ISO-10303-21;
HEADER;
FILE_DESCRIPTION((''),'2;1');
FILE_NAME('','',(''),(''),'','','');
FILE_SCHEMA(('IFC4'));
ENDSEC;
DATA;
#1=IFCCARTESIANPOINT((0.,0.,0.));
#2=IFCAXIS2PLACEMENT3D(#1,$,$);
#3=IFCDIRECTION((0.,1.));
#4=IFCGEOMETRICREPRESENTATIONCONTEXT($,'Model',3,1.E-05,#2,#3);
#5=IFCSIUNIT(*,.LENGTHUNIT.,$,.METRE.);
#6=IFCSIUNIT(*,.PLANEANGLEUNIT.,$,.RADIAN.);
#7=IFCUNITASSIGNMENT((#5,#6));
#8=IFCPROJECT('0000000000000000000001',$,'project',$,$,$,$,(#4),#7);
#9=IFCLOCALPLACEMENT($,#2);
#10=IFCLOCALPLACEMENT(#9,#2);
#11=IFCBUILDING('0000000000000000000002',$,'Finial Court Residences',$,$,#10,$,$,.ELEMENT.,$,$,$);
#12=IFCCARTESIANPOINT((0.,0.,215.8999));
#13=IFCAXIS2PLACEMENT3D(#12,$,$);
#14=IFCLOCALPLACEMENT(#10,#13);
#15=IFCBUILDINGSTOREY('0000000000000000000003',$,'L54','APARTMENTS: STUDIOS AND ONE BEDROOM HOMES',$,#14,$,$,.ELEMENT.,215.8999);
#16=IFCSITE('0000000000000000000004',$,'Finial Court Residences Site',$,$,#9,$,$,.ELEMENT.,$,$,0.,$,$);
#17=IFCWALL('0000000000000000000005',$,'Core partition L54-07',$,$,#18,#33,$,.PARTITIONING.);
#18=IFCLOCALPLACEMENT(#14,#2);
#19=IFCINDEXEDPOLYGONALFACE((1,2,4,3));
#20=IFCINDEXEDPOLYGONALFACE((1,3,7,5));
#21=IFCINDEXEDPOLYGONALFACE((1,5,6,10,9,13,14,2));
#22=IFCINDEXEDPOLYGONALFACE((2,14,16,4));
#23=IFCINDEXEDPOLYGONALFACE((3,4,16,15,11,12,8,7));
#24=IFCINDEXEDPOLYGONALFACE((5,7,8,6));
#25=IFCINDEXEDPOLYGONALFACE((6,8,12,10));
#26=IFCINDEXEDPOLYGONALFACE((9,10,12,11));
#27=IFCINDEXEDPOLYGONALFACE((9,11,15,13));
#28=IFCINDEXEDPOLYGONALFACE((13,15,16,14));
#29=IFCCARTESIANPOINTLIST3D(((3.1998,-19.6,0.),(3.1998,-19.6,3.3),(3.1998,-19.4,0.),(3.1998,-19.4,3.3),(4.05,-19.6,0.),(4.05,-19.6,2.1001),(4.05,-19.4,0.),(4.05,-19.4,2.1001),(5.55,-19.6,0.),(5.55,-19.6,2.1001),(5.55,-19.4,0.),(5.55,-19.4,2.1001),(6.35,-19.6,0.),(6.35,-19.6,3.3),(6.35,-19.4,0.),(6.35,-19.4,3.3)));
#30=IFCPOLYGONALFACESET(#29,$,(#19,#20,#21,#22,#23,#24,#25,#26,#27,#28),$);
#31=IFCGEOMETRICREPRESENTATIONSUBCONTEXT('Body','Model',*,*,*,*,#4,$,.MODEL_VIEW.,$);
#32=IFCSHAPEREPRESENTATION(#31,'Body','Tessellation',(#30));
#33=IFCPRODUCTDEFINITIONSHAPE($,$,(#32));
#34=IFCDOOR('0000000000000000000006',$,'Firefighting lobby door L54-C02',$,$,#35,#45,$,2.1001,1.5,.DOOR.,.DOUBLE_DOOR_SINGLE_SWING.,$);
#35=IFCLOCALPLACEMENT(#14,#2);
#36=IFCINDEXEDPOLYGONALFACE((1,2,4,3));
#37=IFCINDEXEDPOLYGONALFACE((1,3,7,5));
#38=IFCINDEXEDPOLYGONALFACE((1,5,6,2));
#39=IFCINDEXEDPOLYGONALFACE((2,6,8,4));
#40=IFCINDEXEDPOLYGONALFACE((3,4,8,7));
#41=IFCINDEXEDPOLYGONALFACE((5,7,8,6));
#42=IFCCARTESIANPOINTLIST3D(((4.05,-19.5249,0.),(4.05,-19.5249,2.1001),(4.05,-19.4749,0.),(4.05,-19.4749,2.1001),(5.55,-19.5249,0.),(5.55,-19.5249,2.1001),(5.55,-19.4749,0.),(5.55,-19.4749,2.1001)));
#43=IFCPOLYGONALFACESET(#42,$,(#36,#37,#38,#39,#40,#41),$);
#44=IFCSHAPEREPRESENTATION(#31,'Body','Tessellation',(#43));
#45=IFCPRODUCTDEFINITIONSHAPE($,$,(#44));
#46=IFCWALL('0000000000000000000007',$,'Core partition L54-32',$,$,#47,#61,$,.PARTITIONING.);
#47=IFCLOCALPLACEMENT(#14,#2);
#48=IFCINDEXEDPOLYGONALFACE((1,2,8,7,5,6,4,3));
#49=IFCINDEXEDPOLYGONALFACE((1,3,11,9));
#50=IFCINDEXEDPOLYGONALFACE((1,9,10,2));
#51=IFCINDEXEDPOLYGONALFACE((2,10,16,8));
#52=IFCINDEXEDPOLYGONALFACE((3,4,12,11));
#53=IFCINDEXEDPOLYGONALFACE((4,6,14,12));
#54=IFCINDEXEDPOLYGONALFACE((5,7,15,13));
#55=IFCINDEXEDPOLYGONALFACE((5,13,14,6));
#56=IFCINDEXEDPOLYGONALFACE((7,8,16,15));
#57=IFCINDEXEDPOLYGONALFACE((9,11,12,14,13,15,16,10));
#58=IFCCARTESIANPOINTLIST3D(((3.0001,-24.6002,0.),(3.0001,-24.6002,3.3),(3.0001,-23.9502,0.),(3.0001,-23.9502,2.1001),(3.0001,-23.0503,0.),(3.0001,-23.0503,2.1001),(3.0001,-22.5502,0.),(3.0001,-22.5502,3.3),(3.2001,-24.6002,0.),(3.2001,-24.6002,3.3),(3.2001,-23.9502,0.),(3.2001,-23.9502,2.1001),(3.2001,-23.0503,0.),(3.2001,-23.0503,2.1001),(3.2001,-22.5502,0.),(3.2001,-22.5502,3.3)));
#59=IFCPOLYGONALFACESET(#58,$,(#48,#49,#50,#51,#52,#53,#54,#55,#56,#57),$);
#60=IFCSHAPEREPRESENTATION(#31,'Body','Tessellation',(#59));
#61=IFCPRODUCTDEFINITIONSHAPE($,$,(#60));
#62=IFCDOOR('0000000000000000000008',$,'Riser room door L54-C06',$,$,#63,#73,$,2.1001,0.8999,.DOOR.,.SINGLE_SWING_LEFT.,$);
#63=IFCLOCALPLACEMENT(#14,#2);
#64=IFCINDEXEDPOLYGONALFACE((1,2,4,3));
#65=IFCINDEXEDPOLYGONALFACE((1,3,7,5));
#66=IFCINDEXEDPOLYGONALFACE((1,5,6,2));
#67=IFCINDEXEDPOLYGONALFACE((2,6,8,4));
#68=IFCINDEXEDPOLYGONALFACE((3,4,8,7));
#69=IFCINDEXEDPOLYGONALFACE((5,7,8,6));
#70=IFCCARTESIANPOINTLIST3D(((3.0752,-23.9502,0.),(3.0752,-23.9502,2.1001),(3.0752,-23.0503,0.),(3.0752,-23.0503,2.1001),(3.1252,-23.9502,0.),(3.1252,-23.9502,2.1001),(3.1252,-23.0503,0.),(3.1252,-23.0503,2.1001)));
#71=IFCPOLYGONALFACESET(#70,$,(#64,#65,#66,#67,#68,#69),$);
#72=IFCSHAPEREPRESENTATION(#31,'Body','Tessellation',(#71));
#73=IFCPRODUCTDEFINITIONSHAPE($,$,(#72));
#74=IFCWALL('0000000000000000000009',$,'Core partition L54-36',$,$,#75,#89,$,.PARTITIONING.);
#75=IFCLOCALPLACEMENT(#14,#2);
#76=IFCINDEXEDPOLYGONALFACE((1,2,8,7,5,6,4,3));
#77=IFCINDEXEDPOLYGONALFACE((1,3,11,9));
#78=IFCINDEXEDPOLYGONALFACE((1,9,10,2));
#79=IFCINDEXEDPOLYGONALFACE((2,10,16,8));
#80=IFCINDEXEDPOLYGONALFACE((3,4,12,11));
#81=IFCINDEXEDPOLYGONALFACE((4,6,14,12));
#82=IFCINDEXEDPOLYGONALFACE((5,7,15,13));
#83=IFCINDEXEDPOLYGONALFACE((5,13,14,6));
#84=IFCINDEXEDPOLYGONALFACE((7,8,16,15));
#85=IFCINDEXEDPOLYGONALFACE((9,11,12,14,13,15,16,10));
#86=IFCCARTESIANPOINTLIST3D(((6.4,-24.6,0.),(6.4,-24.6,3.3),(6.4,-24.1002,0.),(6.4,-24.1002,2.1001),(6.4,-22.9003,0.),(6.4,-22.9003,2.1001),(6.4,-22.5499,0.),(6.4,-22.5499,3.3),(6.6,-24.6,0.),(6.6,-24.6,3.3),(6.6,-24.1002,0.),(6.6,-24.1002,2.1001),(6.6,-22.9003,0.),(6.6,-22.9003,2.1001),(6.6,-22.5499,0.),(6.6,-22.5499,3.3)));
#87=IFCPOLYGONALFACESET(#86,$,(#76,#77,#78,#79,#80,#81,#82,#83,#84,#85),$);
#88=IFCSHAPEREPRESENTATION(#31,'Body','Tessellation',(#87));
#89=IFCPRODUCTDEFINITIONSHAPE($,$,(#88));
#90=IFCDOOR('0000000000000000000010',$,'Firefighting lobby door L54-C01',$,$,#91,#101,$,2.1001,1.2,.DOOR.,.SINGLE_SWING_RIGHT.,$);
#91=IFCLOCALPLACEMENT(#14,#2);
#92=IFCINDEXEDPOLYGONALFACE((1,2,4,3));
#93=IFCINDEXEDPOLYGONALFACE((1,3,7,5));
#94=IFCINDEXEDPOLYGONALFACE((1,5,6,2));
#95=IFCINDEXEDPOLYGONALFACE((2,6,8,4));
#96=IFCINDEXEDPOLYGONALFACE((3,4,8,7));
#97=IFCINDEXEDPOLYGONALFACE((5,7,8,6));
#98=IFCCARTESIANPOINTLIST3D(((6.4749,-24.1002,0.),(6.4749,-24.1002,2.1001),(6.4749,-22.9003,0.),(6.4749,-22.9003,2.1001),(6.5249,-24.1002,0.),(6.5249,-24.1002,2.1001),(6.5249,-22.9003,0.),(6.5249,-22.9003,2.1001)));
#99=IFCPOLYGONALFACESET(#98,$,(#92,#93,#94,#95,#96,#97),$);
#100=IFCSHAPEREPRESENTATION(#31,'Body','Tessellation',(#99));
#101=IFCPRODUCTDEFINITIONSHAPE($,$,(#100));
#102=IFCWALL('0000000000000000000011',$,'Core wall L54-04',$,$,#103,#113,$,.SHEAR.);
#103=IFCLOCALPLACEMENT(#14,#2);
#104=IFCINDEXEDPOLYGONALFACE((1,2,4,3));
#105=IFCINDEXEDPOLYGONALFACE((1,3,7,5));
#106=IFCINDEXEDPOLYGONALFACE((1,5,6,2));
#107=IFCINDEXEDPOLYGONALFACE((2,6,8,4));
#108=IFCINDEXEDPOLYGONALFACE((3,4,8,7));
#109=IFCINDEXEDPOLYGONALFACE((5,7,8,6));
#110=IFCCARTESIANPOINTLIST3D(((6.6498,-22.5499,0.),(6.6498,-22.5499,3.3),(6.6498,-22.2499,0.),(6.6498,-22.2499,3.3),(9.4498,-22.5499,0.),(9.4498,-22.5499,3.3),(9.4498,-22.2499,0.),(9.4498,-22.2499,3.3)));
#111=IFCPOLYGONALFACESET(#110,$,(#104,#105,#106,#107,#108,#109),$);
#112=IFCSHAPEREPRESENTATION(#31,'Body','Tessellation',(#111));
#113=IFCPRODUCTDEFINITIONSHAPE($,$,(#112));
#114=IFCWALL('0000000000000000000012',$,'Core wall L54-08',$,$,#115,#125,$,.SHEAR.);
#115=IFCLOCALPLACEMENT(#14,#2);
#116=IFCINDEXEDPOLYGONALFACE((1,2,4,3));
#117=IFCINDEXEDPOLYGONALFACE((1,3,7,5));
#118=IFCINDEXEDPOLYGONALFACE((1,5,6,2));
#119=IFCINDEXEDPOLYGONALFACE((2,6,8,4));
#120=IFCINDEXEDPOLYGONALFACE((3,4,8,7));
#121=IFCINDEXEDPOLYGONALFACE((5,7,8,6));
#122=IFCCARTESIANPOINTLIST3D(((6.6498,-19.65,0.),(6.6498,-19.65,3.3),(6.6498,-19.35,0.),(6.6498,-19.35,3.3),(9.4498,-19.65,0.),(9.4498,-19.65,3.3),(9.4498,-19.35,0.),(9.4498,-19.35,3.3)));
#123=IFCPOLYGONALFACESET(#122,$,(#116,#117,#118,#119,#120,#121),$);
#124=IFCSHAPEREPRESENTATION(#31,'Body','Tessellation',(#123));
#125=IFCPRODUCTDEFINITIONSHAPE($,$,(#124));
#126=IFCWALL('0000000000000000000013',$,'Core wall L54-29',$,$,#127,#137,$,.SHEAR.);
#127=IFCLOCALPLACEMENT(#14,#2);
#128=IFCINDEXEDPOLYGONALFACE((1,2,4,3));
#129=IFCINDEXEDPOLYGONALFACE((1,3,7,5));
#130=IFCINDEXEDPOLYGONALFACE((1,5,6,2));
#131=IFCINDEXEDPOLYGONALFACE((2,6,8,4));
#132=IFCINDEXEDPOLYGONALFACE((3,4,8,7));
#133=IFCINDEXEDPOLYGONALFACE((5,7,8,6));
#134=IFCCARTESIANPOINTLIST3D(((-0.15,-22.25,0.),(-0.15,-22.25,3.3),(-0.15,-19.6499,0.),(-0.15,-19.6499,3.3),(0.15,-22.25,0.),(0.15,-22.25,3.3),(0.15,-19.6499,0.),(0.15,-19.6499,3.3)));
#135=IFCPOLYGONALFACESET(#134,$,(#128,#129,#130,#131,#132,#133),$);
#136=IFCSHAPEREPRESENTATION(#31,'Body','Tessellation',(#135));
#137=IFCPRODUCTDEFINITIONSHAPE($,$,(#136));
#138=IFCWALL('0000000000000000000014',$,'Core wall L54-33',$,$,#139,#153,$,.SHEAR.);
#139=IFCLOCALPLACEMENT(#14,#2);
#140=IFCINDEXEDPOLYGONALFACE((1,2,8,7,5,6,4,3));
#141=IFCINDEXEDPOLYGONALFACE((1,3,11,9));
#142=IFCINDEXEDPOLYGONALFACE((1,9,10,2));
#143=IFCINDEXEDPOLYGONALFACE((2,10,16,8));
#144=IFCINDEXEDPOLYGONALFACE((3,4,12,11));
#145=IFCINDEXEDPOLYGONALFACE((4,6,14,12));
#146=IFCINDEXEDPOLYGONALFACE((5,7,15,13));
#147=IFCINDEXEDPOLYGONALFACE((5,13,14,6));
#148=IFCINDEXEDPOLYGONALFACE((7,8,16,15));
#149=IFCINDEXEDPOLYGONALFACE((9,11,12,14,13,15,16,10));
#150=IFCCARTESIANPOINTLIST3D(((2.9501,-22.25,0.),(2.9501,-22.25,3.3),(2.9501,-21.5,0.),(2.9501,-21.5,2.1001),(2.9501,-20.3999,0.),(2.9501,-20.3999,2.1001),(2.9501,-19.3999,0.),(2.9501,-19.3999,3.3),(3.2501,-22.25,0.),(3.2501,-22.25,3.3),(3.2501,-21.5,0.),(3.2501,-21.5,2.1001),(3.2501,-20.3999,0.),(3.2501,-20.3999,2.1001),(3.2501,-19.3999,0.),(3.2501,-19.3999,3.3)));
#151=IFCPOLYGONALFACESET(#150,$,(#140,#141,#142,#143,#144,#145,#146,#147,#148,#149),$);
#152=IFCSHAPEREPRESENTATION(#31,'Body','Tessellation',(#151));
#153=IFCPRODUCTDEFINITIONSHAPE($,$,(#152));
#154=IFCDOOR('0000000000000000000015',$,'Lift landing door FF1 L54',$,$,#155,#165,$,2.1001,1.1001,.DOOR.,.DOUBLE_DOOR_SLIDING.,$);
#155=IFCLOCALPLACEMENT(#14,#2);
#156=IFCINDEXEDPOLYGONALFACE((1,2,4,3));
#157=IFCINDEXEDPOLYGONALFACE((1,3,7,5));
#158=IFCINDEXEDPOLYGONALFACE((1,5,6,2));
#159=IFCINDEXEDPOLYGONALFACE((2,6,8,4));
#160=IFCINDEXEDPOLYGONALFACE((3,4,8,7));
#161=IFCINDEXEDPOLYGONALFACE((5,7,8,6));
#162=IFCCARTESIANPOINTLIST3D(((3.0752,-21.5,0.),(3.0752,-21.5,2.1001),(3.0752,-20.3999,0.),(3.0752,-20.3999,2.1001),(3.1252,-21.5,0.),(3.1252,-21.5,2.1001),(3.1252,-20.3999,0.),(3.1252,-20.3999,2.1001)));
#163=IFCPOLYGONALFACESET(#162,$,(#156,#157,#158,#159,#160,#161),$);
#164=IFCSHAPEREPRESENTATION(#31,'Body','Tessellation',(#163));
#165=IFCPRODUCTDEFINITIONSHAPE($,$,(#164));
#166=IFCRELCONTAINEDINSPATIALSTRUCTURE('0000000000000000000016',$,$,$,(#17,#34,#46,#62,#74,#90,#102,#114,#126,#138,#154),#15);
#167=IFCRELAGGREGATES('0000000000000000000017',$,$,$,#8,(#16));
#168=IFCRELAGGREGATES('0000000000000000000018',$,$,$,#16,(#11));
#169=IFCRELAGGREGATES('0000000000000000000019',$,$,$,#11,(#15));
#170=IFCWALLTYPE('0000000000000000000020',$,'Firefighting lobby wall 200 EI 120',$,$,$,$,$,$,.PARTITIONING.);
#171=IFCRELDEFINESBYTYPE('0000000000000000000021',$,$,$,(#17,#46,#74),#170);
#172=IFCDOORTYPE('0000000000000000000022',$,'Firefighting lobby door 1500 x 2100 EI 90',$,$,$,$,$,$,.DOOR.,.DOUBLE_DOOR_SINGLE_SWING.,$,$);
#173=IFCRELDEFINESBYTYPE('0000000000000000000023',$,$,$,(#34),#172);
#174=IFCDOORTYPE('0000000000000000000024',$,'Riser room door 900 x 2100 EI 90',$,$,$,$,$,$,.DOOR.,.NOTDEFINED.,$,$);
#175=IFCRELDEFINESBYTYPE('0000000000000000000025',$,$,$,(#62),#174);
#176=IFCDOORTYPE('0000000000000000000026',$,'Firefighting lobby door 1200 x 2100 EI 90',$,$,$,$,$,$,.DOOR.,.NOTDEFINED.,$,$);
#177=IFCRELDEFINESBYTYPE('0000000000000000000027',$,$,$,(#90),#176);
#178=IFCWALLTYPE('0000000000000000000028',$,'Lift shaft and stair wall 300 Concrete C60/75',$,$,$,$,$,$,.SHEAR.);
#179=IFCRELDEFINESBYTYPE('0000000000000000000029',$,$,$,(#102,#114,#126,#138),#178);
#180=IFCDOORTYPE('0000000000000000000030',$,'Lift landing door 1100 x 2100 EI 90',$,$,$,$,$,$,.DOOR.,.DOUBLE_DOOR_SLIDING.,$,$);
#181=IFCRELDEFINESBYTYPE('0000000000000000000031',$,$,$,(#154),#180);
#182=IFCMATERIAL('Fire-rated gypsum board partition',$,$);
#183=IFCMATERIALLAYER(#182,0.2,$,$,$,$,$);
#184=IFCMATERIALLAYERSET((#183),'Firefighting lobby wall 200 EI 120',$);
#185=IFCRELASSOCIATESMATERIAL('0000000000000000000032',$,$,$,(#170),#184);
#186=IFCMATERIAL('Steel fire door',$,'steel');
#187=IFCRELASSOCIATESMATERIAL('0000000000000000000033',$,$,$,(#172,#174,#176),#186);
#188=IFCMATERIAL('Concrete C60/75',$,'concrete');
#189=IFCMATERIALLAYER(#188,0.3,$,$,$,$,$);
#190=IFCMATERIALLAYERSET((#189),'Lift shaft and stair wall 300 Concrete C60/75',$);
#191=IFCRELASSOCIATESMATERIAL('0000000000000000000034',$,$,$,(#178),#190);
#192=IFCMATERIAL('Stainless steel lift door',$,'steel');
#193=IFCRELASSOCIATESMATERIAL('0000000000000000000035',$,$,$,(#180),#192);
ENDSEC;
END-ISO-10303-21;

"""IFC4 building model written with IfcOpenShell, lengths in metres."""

from ifc_helpers import new_model, si_unit, direction, frame, frame_2d, origin, place, context, subcontext, project, spatial, rectangle, extrude, material, layer, layer_set, type_object, element, fill, save


model = new_model("IFC4")

# Units and contexts
model_context = context("Model", 3, precision=1e-05, world=origin(), true_north=direction((0.0, 1.0)))
body_context = subcontext(model_context, "Body", "Model", "MODEL_VIEW")
ifc_project = project(units=[si_unit("LENGTHUNIT", "METRE"), si_unit("PLANEANGLEUNIT", "RADIAN")], contexts=[model_context])

# Site, building, storey
site_placement = place(None, origin())
site = spatial("IfcSite", under=ifc_project, at=site_placement, Name="Finial Court Residences Site", CompositionType="ELEMENT", RefElevation=0.0)
building_placement = place(site_placement, origin())
building = spatial("IfcBuilding", under=site, at=building_placement, Name="Finial Court Residences", CompositionType="ELEMENT")
storey_placement = place(building_placement, frame((0.0, 0.0, 215.8999)))
storey = spatial("IfcBuildingStorey", under=building, at=storey_placement, Name="L54", Description="APARTMENTS: STUDIOS AND ONE BEDROOM HOMES", CompositionType="ELEMENT", Elevation=215.8999)

# Walls, openings, doors
ifc_material_1 = material(Name="Fire-rated gypsum board partition")
ifc_layer_1 = layer(ifc_material_1, 0.2)
ifc_layer_set_1 = layer_set([ifc_layer_1], Name="Firefighting lobby wall 200 EI 120")
wall_type_1 = type_object("IfcWallType", Name="Firefighting lobby wall 200 EI 120", PredefinedType="PARTITIONING", material=ifc_layer_set_1)
wall_1_placement = place(storey_placement, frame((6.3501, -19.5, 0.0), z_axis=(0.0, 0.0, 1.0), x_axis=(-1.0, 0.0, 0.0)))
wall_1 = element("IfcWall", 1, at=wall_1_placement, inside=storey, type_object=wall_type_1, Name="Core partition L54-07", PredefinedType="PARTITIONING", context=body_context, shape_type="SweptSolid", body=[
    extrude(rectangle(XDim=3.1501, YDim=0.2, at=frame_2d((1.5752, 0.0))), origin(), (0.0, 0.0, 1.0), 3.3),
])
opening_1_placement = place(wall_1_placement, frame((0.8, 0.0, 0.0)))
opening_1 = element("IfcOpeningElement", 2, at=opening_1_placement, cuts=wall_1, PredefinedType="OPENING", context=body_context, shape_type="SweptSolid", body=[
    extrude(rectangle(XDim=1.5, YDim=2.1001, at=frame_2d((0.75, 1.05))), frame((0.0, 0.1099, 0.0), z_axis=(0.0, -1.0, 0.0), x_axis=(1.0, 0.0, 0.0)), (0.0, 0.0, 1.0), 0.22),
])
ifc_material_2 = material(Name="Steel fire door", Category="steel")
door_type_1 = type_object("IfcDoorType", Name="Firefighting lobby door 1500 x 2100 EI 90", OperationType="DOUBLE_DOOR_SINGLE_SWING", PredefinedType="DOOR", material=ifc_material_2)
door_1_placement = place(opening_1_placement, origin())
door_1 = element("IfcDoor", 3, at=door_1_placement, inside=storey, type_object=door_type_1, Name="Firefighting lobby door L54-C02", OperationType="DOUBLE_DOOR_SINGLE_SWING", OverallHeight=2.1001, OverallWidth=1.5, PredefinedType="DOOR", context=body_context, shape_type="SweptSolid", body=[
    extrude(rectangle(XDim=1.5, YDim=2.1001, at=frame_2d((0.75, 1.05))), frame((0.0, 0.0249, 0.0), z_axis=(0.0, -1.0, 0.0), x_axis=(1.0, 0.0, 0.0)), (0.0, 0.0, 1.0), 0.05),
])
fill(opening_1, door_1)
wall_2_placement = place(storey_placement, frame((3.1001, -24.6001, 0.0), z_axis=(0.0, 0.0, 1.0), x_axis=(0.0, 1.0, 0.0)))
wall_2 = element("IfcWall", 4, at=wall_2_placement, inside=storey, type_object=wall_type_1, Name="Core partition L54-32", PredefinedType="PARTITIONING", context=body_context, shape_type="SweptSolid", body=[
    extrude(rectangle(XDim=2.05, YDim=0.2, at=frame_2d((1.0249, 0.0))), origin(), (0.0, 0.0, 1.0), 3.3),
])
opening_2_placement = place(wall_2_placement, frame((0.6499, 0.0, 0.0)))
opening_2 = element("IfcOpeningElement", 5, at=opening_2_placement, cuts=wall_2, PredefinedType="OPENING", context=body_context, shape_type="SweptSolid", body=[
    extrude(rectangle(XDim=0.8999, YDim=2.1001, at=frame_2d((0.45, 1.05))), frame((0.0, 0.1099, 0.0), z_axis=(0.0, -1.0, 0.0), x_axis=(1.0, 0.0, 0.0)), (0.0, 0.0, 1.0), 0.22),
])
door_type_2 = type_object("IfcDoorType", Name="Riser room door 900 x 2100 EI 90", OperationType="NOTDEFINED", PredefinedType="DOOR", material=ifc_material_2)
door_2_placement = place(opening_2_placement, origin())
door_2 = element("IfcDoor", 6, at=door_2_placement, inside=storey, type_object=door_type_2, Name="Riser room door L54-C06", OperationType="SINGLE_SWING_LEFT", OverallHeight=2.1001, OverallWidth=0.8999, PredefinedType="DOOR", context=body_context, shape_type="SweptSolid", body=[
    extrude(rectangle(XDim=0.8999, YDim=2.1001, at=frame_2d((0.45, 1.05))), frame((0.0, 0.0249, 0.0), z_axis=(0.0, -1.0, 0.0), x_axis=(1.0, 0.0, 0.0)), (0.0, 0.0, 1.0), 0.05),
])
fill(opening_2, door_2)
wall_3_placement = place(storey_placement, frame((6.5, -22.55, 0.0), z_axis=(0.0, 0.0, 1.0), x_axis=(0.0, -1.0, 0.0)))
wall_3 = element("IfcWall", 7, at=wall_3_placement, inside=storey, type_object=wall_type_1, Name="Core partition L54-36", PredefinedType="PARTITIONING", context=body_context, shape_type="SweptSolid", body=[
    extrude(rectangle(XDim=2.05, YDim=0.2, at=frame_2d((1.0249, 0.0))), origin(), (0.0, 0.0, 1.0), 3.3),
])
opening_3_placement = place(wall_3_placement, frame((0.3501, 0.0, 0.0)))
opening_3 = element("IfcOpeningElement", 8, at=opening_3_placement, cuts=wall_3, PredefinedType="OPENING", context=body_context, shape_type="SweptSolid", body=[
    extrude(rectangle(XDim=1.2, YDim=2.1001, at=frame_2d((0.6001, 1.05))), frame((0.0, 0.1099, 0.0), z_axis=(0.0, -1.0, 0.0), x_axis=(1.0, 0.0, 0.0)), (0.0, 0.0, 1.0), 0.22),
])
door_type_3 = type_object("IfcDoorType", Name="Firefighting lobby door 1200 x 2100 EI 90", OperationType="NOTDEFINED", PredefinedType="DOOR", material=ifc_material_2)
door_3_placement = place(opening_3_placement, origin())
door_3 = element("IfcDoor", 9, at=door_3_placement, inside=storey, type_object=door_type_3, Name="Firefighting lobby door L54-C01", OperationType="SINGLE_SWING_RIGHT", OverallHeight=2.1001, OverallWidth=1.2, PredefinedType="DOOR", context=body_context, shape_type="SweptSolid", body=[
    extrude(rectangle(XDim=1.2, YDim=2.1001, at=frame_2d((0.6001, 1.05))), frame((0.0, 0.0249, 0.0), z_axis=(0.0, -1.0, 0.0), x_axis=(1.0, 0.0, 0.0)), (0.0, 0.0, 1.0), 0.05),
])
fill(opening_3, door_3)

# Walls
ifc_material_3 = material(Name="Concrete C60/75", Category="concrete")
ifc_layer_2 = layer(ifc_material_3, 0.3)
ifc_layer_set_2 = layer_set([ifc_layer_2], Name="Lift shaft and stair wall 300 Concrete C60/75")
wall_type_2 = type_object("IfcWallType", Name="Lift shaft and stair wall 300 Concrete C60/75", PredefinedType="SHEAR", material=ifc_layer_set_2)
for number, where, z_axis, x_axis, name in (
    (10, (6.6499, -22.3999, 0.0), (0.0, 0.0, 1.0), (1.0, 0.0, 0.0), "Core wall L54-04"),
    (11, (6.6499, -19.5, 0.0), (0.0, 0.0, 1.0), (1.0, 0.0, 0.0), "Core wall L54-08"),
):
    element("IfcWall", number, at=place(storey_placement, frame(where, z_axis=z_axis, x_axis=x_axis)), inside=storey, type_object=wall_type_2, Name=name, PredefinedType="SHEAR", context=body_context, shape_type="SweptSolid", body=[
        extrude(rectangle(XDim=2.8, YDim=0.3, at=frame_2d((1.3999, 0.0))), origin(), (0.0, 0.0, 1.0), 3.3),
    ])
wall_4_placement = place(storey_placement, frame((0.0, -22.25, 0.0), z_axis=(0.0, 0.0, 1.0), x_axis=(0.0, 1.0, 0.0)))
element("IfcWall", 12, at=wall_4_placement, inside=storey, type_object=wall_type_2, Name="Core wall L54-29", PredefinedType="SHEAR", context=body_context, shape_type="SweptSolid", body=[
    extrude(rectangle(XDim=2.6001, YDim=0.3, at=frame_2d((1.3, 0.0))), origin(), (0.0, 0.0, 1.0), 3.3),
])

# Wall, opening, door
wall_5_placement = place(storey_placement, frame((3.1001, -22.25, 0.0), z_axis=(0.0, 0.0, 1.0), x_axis=(0.0, 1.0, 0.0)))
wall_5 = element("IfcWall", 13, at=wall_5_placement, inside=storey, type_object=wall_type_2, Name="Core wall L54-33", PredefinedType="SHEAR", context=body_context, shape_type="SweptSolid", body=[
    extrude(rectangle(XDim=2.8501, YDim=0.3, at=frame_2d((1.425, 0.0))), origin(), (0.0, 0.0, 1.0), 3.3),
])
opening_4_placement = place(wall_5_placement, frame((0.75, 0.0, 0.0)))
opening_4 = element("IfcOpeningElement", 14, at=opening_4_placement, cuts=wall_5, PredefinedType="OPENING", context=body_context, shape_type="SweptSolid", body=[
    extrude(rectangle(XDim=1.1001, YDim=2.1001, at=frame_2d((0.55, 1.05))), frame((0.0, 0.1599, 0.0), z_axis=(0.0, -1.0, 0.0), x_axis=(1.0, 0.0, 0.0)), (0.0, 0.0, 1.0), 0.3201),
])
ifc_material_4 = material(Name="Stainless steel lift door", Category="steel")
door_type_4 = type_object("IfcDoorType", Name="Lift landing door 1100 x 2100 EI 90", OperationType="DOUBLE_DOOR_SLIDING", PredefinedType="DOOR", material=ifc_material_4)
door_4_placement = place(opening_4_placement, origin())
door_4 = element("IfcDoor", 15, at=door_4_placement, inside=storey, type_object=door_type_4, Name="Lift landing door FF1 L54", OperationType="DOUBLE_DOOR_SLIDING", OverallHeight=2.1001, OverallWidth=1.1001, PredefinedType="DOOR", context=body_context, shape_type="SweptSolid", body=[
    extrude(rectangle(XDim=1.1001, YDim=2.1001, at=frame_2d((0.55, 1.05))), frame((0.0, 0.0249, 0.0), z_axis=(0.0, -1.0, 0.0), x_axis=(1.0, 0.0, 0.0)), (0.0, 0.0, 1.0), 0.05),
])
fill(opening_4, door_4)

save(model, "model.ifc")
